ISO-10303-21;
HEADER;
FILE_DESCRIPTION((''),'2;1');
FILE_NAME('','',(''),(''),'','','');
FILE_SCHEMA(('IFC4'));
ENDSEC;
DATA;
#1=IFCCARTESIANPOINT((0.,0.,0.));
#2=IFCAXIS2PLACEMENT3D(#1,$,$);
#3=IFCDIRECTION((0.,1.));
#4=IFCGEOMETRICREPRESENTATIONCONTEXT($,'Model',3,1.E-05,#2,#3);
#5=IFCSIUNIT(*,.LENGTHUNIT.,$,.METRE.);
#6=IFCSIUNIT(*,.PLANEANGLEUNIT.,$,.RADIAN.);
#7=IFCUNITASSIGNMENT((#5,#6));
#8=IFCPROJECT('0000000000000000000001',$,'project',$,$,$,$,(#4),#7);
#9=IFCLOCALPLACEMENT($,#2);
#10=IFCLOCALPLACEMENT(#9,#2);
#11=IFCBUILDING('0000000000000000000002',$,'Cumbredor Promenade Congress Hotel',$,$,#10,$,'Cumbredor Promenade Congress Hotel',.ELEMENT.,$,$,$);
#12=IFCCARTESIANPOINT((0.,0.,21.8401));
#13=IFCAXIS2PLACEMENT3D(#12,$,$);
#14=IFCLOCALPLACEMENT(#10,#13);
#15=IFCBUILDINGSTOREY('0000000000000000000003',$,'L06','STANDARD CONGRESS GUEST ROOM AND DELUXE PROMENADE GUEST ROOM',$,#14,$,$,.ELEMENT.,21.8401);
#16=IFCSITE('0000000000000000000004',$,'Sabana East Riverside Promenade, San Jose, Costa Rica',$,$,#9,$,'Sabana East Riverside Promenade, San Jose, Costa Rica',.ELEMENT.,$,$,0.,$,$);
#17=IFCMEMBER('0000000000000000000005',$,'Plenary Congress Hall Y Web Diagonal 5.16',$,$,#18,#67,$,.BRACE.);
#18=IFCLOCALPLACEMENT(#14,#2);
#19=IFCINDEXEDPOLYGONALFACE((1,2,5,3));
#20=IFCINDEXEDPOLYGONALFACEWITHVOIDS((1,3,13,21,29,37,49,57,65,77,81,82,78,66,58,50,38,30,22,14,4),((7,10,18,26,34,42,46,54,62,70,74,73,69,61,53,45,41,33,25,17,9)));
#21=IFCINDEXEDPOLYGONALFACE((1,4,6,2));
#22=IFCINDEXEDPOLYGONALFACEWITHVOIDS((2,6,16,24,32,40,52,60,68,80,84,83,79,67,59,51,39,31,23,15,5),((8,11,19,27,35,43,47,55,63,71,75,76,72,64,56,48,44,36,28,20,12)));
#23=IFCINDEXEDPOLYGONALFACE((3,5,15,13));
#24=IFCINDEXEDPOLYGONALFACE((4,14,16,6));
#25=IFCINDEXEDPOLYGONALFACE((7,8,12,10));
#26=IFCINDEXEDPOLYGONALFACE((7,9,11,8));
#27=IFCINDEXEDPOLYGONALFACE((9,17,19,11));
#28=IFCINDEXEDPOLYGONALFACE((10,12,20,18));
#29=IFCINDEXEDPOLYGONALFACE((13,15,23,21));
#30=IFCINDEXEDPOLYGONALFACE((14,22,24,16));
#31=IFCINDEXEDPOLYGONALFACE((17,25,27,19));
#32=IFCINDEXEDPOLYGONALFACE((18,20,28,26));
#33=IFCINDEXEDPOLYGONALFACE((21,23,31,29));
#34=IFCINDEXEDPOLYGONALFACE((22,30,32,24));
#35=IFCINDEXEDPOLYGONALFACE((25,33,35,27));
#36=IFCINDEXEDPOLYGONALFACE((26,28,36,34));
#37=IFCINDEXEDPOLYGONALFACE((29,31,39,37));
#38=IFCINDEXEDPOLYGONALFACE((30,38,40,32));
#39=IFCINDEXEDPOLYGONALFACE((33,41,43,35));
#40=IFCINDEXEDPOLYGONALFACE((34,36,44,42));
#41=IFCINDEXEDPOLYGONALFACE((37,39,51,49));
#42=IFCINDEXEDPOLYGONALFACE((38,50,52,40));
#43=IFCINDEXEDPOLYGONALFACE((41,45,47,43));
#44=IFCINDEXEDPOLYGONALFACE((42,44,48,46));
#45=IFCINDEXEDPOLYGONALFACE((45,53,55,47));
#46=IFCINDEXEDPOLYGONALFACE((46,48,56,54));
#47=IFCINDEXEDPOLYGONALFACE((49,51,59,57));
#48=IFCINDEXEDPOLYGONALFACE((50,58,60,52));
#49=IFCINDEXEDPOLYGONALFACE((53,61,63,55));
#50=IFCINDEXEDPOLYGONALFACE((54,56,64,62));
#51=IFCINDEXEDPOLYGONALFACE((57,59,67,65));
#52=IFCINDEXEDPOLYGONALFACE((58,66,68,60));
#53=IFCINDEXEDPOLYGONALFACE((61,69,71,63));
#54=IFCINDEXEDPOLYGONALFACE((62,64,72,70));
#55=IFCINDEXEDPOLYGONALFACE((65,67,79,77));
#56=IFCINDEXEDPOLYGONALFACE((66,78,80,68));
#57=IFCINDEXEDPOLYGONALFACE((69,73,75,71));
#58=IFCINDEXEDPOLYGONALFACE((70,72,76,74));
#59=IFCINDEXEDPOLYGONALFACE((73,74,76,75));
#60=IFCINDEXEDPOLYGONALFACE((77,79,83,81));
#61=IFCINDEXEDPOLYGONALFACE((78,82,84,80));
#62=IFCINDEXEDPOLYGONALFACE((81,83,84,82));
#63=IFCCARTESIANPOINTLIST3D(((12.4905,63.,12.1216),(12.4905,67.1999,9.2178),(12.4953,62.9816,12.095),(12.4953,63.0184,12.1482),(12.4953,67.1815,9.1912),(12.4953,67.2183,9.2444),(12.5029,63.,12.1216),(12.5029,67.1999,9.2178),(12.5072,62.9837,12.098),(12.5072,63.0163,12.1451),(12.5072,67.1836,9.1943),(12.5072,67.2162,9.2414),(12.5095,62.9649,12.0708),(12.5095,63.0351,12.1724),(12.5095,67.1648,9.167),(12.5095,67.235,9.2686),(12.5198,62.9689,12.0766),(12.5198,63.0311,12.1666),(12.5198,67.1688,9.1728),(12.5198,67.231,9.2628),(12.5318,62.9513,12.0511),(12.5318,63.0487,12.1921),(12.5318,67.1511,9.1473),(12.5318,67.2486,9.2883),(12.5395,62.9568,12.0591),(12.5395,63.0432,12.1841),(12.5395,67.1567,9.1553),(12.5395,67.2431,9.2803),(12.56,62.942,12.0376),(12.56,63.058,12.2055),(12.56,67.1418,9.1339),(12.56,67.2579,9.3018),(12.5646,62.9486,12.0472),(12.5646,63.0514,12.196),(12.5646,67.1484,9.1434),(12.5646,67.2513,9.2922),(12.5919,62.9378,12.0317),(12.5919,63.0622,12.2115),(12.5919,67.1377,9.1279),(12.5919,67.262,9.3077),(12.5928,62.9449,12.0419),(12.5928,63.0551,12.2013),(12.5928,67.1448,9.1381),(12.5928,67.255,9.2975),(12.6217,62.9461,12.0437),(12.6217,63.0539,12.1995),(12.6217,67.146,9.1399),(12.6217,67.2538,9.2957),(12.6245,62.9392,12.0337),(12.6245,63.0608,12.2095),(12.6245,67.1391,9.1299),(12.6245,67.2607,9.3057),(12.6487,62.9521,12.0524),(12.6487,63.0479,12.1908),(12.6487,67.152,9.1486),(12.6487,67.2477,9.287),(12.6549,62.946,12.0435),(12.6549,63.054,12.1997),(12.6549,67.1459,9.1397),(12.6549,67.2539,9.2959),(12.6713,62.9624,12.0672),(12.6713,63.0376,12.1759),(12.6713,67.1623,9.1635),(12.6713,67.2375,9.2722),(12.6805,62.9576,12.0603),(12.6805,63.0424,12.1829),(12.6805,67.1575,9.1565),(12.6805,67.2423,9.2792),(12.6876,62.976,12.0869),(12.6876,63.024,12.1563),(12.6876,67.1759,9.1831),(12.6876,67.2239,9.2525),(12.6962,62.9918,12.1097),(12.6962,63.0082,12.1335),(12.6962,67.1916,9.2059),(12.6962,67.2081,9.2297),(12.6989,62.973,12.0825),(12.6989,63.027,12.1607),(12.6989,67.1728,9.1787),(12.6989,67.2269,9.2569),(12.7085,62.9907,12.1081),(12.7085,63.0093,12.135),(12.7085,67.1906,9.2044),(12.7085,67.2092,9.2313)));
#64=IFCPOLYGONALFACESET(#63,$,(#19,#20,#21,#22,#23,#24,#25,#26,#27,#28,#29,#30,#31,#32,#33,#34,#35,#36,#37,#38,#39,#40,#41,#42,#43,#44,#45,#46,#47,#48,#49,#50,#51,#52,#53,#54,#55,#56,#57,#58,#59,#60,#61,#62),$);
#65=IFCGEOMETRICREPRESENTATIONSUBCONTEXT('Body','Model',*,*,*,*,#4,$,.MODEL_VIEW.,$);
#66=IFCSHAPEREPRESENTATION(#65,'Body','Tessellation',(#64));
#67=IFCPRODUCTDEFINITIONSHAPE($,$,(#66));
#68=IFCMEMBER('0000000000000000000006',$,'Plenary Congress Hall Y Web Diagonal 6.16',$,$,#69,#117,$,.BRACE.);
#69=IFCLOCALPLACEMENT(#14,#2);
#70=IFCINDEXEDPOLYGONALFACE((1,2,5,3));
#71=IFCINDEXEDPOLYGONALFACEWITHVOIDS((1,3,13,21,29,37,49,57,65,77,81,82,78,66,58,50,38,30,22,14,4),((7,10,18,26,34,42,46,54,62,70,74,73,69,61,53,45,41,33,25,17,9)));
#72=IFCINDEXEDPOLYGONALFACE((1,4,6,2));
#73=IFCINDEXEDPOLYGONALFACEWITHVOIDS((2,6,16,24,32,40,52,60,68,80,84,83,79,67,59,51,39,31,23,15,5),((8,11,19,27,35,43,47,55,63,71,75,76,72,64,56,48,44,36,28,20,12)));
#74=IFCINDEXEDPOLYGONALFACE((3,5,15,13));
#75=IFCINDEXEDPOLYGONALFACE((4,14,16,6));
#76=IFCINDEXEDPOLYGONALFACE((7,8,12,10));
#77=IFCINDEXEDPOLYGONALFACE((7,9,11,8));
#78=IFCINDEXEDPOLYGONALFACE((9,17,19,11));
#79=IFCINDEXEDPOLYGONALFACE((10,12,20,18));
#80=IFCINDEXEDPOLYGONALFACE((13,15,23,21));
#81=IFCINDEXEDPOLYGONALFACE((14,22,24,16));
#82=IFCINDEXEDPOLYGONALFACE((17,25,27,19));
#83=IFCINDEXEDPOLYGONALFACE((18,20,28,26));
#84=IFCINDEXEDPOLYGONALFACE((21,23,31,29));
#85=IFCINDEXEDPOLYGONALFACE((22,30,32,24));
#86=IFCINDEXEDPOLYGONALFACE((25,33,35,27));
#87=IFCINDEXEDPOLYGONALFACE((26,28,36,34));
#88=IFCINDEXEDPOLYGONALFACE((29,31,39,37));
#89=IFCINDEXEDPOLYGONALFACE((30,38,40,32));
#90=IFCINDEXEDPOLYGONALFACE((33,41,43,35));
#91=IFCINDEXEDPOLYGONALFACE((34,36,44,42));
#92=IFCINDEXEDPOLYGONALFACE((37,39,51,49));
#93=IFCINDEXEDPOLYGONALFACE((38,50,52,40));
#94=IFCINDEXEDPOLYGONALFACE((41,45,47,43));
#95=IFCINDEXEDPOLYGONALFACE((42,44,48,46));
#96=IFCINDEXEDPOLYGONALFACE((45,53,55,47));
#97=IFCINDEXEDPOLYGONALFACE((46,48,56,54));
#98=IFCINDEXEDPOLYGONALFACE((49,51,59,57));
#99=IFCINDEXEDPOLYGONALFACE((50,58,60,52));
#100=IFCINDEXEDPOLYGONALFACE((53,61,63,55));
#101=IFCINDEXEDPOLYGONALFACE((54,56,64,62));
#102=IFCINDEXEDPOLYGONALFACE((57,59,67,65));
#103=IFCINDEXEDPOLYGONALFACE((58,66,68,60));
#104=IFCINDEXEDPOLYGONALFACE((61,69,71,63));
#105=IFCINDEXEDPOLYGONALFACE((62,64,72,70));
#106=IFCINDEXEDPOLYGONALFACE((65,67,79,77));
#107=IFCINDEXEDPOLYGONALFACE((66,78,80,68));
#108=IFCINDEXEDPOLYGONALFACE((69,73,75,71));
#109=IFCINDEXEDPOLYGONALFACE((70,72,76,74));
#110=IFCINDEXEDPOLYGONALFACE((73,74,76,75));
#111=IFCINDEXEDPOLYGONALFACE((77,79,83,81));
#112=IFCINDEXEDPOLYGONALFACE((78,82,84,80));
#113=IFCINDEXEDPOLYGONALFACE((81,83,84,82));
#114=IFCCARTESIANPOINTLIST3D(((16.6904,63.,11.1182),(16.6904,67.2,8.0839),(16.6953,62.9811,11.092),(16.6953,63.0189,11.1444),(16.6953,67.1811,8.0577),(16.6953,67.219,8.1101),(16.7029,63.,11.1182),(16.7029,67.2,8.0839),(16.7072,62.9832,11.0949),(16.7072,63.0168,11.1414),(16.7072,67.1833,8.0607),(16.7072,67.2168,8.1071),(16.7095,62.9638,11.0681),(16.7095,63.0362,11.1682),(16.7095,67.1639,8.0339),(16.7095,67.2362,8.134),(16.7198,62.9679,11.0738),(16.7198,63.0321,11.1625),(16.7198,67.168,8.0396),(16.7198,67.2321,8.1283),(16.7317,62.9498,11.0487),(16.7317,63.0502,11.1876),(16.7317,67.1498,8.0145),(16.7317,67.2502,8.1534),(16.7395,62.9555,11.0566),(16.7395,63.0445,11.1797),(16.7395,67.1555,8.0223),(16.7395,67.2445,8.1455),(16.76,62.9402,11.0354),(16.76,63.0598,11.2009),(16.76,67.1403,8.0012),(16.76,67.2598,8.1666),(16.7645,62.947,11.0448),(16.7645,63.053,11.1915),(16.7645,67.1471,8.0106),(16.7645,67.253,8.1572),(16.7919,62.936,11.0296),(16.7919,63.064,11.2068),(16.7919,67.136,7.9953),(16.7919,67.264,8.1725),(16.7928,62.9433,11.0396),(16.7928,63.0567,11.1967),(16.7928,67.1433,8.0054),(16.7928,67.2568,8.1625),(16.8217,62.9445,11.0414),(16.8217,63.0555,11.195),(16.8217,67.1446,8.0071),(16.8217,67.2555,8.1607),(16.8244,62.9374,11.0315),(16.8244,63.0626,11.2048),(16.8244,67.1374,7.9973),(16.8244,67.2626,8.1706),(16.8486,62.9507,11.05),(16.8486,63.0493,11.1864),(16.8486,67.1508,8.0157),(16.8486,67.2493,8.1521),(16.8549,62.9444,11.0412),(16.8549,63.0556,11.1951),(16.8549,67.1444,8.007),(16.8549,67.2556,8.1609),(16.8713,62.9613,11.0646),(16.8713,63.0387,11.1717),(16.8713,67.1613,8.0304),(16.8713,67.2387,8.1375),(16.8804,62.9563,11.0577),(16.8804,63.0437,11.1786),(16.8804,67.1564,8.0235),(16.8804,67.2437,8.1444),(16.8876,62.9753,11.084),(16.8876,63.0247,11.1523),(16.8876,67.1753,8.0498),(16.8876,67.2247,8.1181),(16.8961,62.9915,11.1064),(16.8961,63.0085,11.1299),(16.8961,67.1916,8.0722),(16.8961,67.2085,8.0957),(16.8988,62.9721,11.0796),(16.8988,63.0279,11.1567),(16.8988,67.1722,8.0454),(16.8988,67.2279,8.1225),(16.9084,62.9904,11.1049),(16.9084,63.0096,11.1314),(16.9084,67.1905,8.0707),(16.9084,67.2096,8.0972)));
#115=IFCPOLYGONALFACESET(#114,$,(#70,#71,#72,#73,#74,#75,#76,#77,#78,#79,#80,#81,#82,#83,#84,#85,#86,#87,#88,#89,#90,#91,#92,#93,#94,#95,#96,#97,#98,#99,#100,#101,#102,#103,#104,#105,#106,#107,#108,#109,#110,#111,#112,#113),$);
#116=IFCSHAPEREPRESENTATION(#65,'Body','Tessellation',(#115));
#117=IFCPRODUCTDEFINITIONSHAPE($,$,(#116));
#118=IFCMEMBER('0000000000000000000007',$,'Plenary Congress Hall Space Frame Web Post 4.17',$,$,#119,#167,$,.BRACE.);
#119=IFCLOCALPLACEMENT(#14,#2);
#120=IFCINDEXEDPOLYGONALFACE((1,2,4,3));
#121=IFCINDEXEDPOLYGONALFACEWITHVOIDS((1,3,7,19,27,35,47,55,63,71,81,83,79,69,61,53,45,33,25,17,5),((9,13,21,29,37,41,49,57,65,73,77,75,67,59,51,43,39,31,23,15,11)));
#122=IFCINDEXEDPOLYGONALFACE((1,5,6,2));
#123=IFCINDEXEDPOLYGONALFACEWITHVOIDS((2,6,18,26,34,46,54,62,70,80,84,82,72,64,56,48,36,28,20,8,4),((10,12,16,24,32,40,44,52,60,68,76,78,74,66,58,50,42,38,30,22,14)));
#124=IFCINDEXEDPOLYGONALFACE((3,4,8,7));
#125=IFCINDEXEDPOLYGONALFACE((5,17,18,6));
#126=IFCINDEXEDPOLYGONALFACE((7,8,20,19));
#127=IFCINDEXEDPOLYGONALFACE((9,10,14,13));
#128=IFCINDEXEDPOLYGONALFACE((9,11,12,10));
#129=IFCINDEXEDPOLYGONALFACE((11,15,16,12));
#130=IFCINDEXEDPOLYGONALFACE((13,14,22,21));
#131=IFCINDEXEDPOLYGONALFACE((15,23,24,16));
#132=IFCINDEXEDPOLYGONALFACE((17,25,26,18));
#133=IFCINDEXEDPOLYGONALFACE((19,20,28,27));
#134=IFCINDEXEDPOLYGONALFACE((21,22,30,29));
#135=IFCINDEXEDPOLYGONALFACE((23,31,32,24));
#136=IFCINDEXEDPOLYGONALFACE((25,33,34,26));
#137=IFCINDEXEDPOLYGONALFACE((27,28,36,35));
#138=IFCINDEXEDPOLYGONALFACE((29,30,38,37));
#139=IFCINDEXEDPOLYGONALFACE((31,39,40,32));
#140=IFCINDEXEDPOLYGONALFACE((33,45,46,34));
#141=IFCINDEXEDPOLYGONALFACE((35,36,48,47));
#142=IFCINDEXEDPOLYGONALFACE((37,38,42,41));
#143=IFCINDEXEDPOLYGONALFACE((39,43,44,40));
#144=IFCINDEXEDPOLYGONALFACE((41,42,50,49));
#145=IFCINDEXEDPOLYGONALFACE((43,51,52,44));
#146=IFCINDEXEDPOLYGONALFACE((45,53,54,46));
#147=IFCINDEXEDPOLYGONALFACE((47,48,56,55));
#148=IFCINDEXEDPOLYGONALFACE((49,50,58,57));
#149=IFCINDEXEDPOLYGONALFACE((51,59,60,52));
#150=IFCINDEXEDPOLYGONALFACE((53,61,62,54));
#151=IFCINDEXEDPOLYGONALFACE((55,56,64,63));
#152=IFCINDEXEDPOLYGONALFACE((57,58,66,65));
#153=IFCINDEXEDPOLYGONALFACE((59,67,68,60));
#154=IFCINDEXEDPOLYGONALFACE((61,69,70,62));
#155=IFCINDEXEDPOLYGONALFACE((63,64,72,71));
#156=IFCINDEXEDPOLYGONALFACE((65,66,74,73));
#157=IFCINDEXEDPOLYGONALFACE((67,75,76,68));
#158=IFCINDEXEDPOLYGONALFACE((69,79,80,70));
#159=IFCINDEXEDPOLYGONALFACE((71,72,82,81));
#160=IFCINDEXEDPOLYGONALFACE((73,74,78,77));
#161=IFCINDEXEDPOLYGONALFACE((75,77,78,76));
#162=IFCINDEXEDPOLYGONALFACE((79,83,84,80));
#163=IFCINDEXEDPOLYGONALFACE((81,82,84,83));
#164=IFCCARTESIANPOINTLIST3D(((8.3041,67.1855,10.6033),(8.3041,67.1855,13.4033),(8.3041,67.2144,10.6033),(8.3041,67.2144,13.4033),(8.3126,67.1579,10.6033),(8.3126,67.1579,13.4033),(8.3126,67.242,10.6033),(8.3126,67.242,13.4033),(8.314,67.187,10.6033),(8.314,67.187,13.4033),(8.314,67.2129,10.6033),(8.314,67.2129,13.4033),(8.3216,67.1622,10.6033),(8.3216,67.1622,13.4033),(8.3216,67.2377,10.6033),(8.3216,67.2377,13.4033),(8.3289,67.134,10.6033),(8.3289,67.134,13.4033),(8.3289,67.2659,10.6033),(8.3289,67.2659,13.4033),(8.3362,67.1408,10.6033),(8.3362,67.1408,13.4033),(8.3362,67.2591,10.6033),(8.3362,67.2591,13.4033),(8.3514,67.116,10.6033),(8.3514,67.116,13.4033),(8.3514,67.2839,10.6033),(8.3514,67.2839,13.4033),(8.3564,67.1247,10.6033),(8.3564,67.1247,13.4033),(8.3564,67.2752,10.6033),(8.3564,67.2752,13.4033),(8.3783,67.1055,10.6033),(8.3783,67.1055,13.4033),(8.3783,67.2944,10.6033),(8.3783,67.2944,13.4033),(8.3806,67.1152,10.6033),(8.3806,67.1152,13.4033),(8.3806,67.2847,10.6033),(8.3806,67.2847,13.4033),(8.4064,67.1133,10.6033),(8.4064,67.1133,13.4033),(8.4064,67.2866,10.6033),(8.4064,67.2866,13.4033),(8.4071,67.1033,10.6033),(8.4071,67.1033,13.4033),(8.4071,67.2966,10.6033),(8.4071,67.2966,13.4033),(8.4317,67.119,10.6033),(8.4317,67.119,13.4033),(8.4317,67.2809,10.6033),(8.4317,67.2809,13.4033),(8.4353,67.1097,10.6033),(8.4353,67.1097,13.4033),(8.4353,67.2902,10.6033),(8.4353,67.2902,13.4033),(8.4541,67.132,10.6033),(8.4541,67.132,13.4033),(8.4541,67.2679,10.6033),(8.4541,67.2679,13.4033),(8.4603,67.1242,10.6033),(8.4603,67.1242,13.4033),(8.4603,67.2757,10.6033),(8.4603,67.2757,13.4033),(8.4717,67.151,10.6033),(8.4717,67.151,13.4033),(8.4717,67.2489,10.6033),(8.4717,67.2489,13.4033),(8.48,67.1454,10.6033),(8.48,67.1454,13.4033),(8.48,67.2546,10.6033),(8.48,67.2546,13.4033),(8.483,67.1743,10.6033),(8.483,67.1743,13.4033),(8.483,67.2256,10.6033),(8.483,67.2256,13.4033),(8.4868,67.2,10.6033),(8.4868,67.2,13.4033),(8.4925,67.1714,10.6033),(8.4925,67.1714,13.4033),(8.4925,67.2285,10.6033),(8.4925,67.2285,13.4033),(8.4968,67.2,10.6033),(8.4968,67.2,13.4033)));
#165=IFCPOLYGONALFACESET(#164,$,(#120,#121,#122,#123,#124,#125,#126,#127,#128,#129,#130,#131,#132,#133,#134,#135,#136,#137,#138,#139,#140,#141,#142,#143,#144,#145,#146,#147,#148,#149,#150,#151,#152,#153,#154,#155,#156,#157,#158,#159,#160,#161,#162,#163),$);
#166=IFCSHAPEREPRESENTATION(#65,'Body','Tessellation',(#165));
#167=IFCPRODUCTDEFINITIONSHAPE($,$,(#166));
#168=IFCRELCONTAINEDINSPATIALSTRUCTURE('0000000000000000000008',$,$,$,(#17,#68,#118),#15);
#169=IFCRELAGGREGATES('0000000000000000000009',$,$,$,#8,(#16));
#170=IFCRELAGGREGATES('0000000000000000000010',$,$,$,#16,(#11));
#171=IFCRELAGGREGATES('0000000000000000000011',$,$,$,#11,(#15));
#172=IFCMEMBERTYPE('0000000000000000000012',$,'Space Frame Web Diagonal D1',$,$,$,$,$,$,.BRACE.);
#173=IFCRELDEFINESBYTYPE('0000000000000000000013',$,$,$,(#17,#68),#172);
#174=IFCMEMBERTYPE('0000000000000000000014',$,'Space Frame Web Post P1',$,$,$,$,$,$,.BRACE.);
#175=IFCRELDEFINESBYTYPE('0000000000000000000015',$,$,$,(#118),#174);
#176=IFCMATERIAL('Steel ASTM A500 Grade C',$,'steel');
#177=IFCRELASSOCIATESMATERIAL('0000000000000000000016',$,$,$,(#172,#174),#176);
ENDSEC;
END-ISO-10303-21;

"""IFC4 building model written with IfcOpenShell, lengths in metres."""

from ifc_helpers import new_model, si_unit, direction, frame, origin, origin_2d, place, context, subcontext, project, spatial, hollow_circle, extrude, material, material_profile, profile_set, type_object, element, save


model = new_model("IFC4")

# Units and contexts
model_context = context("Model", 3, precision=1e-05, world=origin(), true_north=direction((0.0, 1.0)))
body_context = subcontext(model_context, "Body", "Model", "MODEL_VIEW")
ifc_project = project(units=[si_unit("LENGTHUNIT", "METRE"), si_unit("PLANEANGLEUNIT", "RADIAN")], contexts=[model_context])

# Site, building, storey
site_placement = place(None, origin())
site = spatial("IfcSite", under=ifc_project, at=site_placement, Name="Sabana East Riverside Promenade, San Jose, Costa Rica", LongName="Sabana East Riverside Promenade, San Jose, Costa Rica", CompositionType="ELEMENT", RefElevation=0.0)
building_placement = place(site_placement, origin())
building = spatial("IfcBuilding", under=site, at=building_placement, Name="Cumbredor Promenade Congress Hotel", LongName="Cumbredor Promenade Congress Hotel", CompositionType="ELEMENT")
storey_placement = place(building_placement, frame((0.0, 0.0, 21.8401)))
storey = spatial("IfcBuildingStorey", under=building, at=storey_placement, Name="L06", Description="STANDARD CONGRESS GUEST ROOM AND DELUXE PROMENADE GUEST ROOM", CompositionType="ELEMENT", Elevation=21.8401)

# Members
ifc_material_1 = material(Name="Steel ASTM A500 Grade C", Category="steel")
ifc_material_profile_1 = material_profile(ifc_material_1, hollow_circle(Radius=0.1096, WallThickness=0.0125, at=origin_2d()), Name="CHS 219.1x12.5")
ifc_profile_set_1 = profile_set([ifc_material_profile_1], Name="Steel ASTM A500 Grade C")
member_type_1 = type_object("IfcMemberType", Name="Space Frame Web Diagonal D1", PredefinedType="BRACE", material=ifc_profile_set_1)
member_1_placement = place(storey_placement, frame((12.6001, 63.0, 12.1216), z_axis=(0.0, 0.822545, -0.5687), x_axis=(-1.0, 0.0, 0.0)))
element("IfcMember", 1, at=member_1_placement, inside=storey, type_object=member_type_1, Name="Plenary Congress Hall Y Web Diagonal 5.16", PredefinedType="BRACE", context=body_context, shape_type="SweptSolid", body=[
    extrude(hollow_circle(Radius=0.1096, WallThickness=0.0125, at=origin_2d()), origin(), (0.0, 0.0, 1.0), 5.106),
])
member_2_placement = place(storey_placement, frame((16.8, 63.0, 11.1182), z_axis=(0.0, 0.810598, -0.585602), x_axis=(-1.0, 0.0, 0.0)))
element("IfcMember", 2, at=member_2_placement, inside=storey, type_object=member_type_1, Name="Plenary Congress Hall Y Web Diagonal 6.16", PredefinedType="BRACE", context=body_context, shape_type="SweptSolid", body=[
    extrude(hollow_circle(Radius=0.1096, WallThickness=0.0125, at=origin_2d()), origin(), (0.0, 0.0, 1.0), 5.1814),
])
ifc_material_profile_2 = material_profile(ifc_material_1, hollow_circle(Radius=0.0969, WallThickness=0.01, at=origin_2d()), Name="CHS 193.7x10")
ifc_profile_set_2 = profile_set([ifc_material_profile_2], Name="Steel ASTM A500 Grade C")
member_type_2 = type_object("IfcMemberType", Name="Space Frame Web Post P1", PredefinedType="BRACE", material=ifc_profile_set_2)
for number, where, z_axis, x_axis, name in (
    (3, (8.3999, 67.2, 10.6033), (0.0, 0.0, 1.0), (1.0, 0.0, 0.0), "Plenary Congress Hall Space Frame Web Post 4.17"),
):
    element("IfcMember", number, at=place(storey_placement, frame(where, z_axis=z_axis, x_axis=x_axis)), inside=storey, type_object=member_type_2, Name=name, PredefinedType="BRACE", context=body_context, shape_type="SweptSolid", body=[
        extrude(hollow_circle(Radius=0.0969, WallThickness=0.01, at=origin_2d()), origin(), (0.0, 0.0, 1.0), 2.8),
    ])

save(model, "model.ifc")
